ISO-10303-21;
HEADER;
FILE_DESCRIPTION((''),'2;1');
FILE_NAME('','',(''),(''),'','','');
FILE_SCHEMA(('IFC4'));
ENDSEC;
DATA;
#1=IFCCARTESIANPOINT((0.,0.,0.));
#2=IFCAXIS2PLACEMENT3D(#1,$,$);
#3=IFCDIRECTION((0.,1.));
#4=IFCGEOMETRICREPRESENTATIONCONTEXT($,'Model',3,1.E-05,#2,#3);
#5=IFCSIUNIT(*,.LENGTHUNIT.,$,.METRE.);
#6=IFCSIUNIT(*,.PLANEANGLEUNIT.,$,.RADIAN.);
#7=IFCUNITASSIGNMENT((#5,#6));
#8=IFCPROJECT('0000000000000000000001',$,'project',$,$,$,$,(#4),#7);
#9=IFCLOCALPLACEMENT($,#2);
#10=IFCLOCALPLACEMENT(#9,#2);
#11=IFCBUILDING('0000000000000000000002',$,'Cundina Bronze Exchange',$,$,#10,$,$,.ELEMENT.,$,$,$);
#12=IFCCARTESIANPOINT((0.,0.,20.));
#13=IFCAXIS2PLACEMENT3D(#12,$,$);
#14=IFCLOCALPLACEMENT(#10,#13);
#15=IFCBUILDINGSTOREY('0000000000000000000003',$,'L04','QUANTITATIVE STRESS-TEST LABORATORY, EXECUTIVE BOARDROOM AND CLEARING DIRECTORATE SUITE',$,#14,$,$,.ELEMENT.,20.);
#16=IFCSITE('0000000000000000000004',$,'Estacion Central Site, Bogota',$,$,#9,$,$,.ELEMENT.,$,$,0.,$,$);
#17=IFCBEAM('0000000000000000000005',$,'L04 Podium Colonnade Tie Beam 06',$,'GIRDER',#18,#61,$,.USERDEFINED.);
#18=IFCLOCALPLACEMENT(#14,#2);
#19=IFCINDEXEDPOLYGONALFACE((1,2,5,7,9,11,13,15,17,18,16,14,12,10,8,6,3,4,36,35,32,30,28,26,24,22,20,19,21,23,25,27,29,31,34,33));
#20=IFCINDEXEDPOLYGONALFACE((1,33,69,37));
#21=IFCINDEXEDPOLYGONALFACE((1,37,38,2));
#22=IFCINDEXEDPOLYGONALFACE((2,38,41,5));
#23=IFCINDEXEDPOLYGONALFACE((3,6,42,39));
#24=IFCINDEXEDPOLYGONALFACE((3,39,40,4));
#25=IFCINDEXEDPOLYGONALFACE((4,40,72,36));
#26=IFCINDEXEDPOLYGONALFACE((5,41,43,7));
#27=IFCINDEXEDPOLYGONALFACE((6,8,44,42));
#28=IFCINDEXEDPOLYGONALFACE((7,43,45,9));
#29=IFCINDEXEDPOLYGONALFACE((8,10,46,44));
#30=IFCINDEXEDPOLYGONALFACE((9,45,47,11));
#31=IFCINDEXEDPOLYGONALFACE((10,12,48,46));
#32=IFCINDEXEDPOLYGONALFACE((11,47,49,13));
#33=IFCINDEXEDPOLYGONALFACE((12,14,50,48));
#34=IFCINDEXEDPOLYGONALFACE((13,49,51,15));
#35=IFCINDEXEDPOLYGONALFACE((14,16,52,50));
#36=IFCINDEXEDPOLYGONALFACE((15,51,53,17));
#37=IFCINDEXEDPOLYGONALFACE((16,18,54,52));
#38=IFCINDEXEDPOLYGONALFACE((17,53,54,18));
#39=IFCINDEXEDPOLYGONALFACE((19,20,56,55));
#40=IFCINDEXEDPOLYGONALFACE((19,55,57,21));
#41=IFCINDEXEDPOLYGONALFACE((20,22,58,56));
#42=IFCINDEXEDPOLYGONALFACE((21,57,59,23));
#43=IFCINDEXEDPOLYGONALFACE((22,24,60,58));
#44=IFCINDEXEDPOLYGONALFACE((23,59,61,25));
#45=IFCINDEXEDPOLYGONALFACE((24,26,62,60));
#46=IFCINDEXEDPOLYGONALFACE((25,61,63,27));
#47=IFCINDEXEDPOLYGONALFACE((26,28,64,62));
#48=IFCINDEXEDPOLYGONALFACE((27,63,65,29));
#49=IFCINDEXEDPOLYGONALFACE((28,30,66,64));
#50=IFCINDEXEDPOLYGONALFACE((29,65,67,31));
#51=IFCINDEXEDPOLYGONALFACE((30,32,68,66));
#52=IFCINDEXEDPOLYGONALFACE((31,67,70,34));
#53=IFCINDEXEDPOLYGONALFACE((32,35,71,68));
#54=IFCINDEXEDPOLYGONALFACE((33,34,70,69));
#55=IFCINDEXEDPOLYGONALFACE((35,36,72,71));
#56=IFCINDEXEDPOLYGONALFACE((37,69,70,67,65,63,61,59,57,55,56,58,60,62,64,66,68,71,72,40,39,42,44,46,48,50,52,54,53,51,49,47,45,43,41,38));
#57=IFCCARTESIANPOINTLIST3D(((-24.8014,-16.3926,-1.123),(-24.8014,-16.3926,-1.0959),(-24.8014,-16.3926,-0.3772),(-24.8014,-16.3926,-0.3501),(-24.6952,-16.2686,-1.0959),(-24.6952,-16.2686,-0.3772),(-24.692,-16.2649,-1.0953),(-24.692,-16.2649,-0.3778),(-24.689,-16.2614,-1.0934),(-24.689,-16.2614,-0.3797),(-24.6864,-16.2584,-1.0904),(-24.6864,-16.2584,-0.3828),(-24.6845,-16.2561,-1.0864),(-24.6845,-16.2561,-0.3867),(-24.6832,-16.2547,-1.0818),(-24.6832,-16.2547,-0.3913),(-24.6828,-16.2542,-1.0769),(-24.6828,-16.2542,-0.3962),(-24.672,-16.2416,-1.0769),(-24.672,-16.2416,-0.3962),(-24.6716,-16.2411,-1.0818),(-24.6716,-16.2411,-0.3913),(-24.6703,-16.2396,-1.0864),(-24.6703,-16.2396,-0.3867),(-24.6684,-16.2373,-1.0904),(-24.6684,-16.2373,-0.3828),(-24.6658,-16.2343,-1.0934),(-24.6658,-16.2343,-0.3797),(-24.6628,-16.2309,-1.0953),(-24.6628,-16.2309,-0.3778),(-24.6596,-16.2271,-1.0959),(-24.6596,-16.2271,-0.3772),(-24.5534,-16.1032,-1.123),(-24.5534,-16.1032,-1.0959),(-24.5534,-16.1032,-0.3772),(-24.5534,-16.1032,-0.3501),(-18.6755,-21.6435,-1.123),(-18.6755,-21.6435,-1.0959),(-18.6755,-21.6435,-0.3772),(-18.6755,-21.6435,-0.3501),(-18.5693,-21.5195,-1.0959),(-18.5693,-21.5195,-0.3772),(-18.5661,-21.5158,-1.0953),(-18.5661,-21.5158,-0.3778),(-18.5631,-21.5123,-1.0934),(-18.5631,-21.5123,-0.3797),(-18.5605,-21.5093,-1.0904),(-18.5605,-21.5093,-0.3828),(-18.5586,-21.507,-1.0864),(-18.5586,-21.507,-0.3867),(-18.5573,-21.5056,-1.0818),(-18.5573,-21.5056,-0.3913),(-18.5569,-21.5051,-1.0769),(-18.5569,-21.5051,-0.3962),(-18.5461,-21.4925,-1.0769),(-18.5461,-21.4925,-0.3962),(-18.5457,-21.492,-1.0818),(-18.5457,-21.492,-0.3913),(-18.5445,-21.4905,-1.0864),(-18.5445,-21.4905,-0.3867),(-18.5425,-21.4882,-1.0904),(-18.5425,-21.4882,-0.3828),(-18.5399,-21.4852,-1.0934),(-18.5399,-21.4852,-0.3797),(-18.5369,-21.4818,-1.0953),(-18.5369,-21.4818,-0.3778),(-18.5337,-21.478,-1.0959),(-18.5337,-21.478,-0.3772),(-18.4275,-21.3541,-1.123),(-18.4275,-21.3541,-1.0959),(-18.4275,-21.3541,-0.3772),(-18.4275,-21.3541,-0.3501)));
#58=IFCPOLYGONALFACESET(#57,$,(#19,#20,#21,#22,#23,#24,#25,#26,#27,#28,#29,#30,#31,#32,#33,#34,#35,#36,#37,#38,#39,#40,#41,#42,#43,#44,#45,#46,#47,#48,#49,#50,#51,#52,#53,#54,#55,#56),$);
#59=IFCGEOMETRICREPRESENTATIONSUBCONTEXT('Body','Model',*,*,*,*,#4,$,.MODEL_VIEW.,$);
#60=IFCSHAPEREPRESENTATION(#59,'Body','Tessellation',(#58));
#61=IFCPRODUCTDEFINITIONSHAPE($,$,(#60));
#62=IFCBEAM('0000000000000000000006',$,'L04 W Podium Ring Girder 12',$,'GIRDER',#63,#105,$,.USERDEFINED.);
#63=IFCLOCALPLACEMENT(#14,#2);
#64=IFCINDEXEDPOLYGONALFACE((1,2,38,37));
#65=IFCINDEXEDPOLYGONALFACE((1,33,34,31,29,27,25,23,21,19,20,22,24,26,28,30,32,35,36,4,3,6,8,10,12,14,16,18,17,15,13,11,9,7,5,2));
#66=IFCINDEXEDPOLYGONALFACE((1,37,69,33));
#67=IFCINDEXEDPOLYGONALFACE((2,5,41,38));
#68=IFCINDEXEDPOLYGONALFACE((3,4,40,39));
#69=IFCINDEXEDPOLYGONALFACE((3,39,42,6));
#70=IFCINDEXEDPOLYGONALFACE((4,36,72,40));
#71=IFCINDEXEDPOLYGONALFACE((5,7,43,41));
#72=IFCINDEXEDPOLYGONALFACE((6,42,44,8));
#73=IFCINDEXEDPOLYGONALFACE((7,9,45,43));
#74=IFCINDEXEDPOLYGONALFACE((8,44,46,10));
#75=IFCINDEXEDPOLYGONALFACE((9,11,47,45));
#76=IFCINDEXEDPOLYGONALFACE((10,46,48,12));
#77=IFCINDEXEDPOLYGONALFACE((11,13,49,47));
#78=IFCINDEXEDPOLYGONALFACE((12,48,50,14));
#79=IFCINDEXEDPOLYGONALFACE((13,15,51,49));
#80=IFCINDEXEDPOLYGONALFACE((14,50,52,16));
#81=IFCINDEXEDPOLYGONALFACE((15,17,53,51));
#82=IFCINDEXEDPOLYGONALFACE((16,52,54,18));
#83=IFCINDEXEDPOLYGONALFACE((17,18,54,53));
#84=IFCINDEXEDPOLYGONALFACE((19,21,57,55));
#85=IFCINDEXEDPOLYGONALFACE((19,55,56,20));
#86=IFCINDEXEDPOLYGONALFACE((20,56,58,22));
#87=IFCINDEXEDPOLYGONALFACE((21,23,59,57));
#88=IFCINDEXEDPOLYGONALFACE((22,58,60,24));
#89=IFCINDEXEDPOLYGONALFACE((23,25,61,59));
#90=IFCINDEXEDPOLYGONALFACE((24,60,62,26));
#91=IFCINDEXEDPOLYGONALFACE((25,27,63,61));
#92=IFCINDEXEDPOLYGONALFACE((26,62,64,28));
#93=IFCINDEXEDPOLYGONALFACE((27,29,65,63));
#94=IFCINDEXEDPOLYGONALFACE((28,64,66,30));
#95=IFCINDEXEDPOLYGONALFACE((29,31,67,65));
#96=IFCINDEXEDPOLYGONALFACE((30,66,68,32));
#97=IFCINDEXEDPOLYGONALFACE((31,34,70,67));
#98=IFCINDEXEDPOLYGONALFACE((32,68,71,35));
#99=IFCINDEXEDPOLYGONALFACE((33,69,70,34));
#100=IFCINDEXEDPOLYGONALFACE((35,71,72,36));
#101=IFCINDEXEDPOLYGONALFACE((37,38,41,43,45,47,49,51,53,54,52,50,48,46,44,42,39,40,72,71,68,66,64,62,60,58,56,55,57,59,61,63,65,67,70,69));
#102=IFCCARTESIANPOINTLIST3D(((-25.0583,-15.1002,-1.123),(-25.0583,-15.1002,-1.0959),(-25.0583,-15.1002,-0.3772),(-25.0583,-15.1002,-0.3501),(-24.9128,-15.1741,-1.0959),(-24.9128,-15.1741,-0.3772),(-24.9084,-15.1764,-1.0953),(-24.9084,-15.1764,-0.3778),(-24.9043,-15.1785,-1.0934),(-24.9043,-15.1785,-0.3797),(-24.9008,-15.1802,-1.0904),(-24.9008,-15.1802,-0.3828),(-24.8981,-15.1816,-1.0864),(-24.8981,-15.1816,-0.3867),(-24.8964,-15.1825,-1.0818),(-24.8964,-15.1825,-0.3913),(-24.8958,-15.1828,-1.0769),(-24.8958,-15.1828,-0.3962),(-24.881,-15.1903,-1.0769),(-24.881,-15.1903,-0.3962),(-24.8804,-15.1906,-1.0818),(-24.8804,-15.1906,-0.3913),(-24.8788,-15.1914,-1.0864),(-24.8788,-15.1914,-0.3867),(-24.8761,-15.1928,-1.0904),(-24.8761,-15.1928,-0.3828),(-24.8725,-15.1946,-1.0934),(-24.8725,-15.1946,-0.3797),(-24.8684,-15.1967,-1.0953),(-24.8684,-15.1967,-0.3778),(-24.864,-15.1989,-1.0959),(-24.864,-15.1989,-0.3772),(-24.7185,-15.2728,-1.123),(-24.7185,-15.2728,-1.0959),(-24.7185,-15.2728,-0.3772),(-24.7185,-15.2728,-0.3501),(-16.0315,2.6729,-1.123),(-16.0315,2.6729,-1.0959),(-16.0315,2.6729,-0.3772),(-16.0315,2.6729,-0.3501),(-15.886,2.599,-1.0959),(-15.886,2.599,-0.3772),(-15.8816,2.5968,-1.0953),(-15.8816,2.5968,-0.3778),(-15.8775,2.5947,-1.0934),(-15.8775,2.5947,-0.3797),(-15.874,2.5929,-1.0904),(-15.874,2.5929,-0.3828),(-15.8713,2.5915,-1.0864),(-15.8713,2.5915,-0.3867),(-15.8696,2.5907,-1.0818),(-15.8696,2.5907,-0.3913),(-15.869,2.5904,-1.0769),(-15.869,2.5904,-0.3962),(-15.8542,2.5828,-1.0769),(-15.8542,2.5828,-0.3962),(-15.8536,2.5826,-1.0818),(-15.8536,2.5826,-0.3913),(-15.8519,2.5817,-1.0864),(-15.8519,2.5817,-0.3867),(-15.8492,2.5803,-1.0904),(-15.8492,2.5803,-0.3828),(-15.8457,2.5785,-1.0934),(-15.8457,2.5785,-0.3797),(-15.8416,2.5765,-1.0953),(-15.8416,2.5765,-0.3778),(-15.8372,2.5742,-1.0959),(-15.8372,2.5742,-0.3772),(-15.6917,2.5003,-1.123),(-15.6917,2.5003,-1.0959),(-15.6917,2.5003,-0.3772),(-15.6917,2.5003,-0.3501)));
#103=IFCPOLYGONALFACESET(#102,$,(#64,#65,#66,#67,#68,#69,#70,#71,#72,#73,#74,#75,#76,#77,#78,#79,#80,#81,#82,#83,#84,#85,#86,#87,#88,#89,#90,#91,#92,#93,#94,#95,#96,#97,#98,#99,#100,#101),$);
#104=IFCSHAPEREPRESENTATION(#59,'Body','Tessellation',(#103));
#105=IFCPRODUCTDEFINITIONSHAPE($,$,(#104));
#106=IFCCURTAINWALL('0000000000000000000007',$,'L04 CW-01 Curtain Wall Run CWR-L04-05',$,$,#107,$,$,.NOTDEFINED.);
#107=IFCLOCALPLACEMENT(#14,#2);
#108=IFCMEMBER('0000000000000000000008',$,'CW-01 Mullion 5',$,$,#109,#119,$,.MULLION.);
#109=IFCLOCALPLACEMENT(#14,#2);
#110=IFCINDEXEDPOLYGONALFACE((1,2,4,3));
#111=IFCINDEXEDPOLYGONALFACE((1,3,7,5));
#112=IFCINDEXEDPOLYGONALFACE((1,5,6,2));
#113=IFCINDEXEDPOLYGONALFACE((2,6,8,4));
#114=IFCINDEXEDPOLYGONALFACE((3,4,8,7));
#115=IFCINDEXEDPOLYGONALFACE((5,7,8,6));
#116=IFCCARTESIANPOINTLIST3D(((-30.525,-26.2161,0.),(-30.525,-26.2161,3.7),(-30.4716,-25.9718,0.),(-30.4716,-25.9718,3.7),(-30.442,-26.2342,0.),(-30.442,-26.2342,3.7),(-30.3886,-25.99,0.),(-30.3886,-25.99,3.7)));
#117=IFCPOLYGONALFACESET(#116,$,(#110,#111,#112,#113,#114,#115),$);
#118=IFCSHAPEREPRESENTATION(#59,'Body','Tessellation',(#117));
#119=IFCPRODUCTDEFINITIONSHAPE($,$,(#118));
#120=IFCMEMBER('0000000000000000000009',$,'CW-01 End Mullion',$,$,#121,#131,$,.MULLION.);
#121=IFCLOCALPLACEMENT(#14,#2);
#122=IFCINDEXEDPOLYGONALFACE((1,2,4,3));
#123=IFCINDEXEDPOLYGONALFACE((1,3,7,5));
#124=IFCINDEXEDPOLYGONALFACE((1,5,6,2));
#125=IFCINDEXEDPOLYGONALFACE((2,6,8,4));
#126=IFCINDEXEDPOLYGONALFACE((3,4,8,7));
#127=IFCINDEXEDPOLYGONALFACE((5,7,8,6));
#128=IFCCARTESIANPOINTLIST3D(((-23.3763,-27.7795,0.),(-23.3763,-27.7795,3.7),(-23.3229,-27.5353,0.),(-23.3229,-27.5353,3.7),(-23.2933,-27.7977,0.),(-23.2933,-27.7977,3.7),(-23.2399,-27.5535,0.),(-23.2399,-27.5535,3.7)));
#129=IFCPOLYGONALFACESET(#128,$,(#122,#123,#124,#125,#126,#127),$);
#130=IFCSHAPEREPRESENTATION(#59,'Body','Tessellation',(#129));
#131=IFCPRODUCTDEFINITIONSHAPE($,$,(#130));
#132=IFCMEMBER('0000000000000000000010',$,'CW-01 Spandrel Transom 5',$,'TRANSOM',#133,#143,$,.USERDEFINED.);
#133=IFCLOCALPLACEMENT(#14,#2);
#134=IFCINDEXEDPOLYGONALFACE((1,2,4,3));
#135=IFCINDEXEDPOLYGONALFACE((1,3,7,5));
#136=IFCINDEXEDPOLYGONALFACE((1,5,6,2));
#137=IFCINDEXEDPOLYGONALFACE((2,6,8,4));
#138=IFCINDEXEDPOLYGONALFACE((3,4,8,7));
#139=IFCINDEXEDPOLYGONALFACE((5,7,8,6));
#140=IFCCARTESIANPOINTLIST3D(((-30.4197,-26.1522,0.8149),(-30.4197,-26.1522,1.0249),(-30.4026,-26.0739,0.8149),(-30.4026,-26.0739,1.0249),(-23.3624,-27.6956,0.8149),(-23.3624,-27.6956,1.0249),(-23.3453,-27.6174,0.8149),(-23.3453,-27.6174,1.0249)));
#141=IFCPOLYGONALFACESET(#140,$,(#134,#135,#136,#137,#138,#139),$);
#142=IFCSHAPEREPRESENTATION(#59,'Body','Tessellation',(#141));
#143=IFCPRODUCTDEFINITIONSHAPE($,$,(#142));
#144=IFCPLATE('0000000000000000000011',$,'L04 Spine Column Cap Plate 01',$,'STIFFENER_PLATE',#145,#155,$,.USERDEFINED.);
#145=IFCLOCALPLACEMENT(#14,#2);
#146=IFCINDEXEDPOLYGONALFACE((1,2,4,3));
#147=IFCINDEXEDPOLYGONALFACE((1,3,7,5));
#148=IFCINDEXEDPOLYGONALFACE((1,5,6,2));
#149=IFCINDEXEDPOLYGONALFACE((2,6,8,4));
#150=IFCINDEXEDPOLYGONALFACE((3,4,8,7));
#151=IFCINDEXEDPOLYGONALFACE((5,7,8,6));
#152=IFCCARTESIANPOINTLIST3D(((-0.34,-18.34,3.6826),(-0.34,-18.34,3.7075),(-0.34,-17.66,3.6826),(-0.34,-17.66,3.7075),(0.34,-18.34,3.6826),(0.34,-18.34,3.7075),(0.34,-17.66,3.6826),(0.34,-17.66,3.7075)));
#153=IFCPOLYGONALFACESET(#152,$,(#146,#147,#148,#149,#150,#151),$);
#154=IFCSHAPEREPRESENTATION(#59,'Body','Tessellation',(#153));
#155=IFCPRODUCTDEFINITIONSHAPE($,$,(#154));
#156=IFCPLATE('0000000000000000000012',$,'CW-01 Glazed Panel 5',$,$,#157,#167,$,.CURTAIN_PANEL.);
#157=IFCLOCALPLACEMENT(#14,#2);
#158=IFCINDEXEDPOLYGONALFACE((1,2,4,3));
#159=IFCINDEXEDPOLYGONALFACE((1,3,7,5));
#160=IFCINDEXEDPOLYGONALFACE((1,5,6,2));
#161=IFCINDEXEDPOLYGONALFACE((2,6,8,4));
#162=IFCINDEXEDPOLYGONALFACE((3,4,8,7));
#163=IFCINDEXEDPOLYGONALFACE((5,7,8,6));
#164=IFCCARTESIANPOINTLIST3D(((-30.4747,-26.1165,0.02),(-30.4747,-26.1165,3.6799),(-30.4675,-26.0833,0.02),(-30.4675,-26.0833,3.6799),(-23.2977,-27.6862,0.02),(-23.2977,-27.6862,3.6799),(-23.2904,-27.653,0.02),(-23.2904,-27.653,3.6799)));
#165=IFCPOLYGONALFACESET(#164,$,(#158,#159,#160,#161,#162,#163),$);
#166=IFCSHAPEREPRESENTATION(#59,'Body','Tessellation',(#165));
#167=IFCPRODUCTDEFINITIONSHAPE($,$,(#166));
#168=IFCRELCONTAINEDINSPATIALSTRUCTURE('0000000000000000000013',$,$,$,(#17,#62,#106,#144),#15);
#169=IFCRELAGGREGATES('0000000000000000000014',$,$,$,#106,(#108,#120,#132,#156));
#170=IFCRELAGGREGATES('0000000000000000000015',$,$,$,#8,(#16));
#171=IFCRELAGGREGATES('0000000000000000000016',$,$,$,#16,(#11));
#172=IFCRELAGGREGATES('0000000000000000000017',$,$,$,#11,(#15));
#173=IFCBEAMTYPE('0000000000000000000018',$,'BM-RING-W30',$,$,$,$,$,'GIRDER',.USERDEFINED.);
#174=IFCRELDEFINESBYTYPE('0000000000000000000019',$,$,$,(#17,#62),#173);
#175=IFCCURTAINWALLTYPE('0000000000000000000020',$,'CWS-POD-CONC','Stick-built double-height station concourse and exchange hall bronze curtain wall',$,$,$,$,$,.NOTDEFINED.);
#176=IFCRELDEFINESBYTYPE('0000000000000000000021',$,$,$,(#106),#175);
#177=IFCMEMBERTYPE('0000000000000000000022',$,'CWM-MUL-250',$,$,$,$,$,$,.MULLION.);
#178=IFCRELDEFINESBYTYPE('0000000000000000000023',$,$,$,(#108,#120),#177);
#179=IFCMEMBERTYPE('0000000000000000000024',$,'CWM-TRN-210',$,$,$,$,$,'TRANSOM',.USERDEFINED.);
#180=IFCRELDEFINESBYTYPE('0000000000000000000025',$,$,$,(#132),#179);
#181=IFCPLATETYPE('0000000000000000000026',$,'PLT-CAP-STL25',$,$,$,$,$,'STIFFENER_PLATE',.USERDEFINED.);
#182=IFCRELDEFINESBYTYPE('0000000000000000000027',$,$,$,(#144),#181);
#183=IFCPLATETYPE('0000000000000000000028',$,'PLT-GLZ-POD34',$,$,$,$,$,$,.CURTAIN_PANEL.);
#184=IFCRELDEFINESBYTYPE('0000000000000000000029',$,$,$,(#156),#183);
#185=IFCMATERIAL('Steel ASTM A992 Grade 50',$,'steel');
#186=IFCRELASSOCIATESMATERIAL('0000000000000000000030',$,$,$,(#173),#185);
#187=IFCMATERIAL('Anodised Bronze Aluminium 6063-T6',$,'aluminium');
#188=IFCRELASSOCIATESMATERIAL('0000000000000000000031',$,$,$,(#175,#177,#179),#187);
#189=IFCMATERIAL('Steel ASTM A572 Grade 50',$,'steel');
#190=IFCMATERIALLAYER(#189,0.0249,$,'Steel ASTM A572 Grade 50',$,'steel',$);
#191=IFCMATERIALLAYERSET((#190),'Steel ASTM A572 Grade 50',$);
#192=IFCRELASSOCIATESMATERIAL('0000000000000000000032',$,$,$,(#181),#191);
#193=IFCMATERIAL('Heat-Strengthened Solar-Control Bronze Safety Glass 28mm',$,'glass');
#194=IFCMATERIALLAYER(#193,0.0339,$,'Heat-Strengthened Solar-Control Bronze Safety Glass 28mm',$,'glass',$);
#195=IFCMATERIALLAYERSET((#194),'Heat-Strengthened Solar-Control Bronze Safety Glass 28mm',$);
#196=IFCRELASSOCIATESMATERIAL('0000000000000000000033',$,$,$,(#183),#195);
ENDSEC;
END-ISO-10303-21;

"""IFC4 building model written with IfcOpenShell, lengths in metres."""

from ifc_helpers import new_model, si_unit, direction, frame, origin, origin_2d, place, context, subcontext, project, spatial, rectangle, i_section, extrude, material, layer, layer_set, material_profile, profile_set, type_object, element, aggregate, save


model = new_model("IFC4")

# Units and contexts
model_context = context("Model", 3, precision=1e-05, world=origin(), true_north=direction((0.0, 1.0)))
body_context = subcontext(model_context, "Body", "Model", "MODEL_VIEW")
ifc_project = project(units=[si_unit("LENGTHUNIT", "METRE"), si_unit("PLANEANGLEUNIT", "RADIAN")], contexts=[model_context])

# Site, building, storey
site_placement = place(None, origin())
site = spatial("IfcSite", under=ifc_project, at=site_placement, Name="Estacion Central Site, Bogota", CompositionType="ELEMENT", RefElevation=0.0)
building_placement = place(site_placement, origin())
building = spatial("IfcBuilding", under=site, at=building_placement, Name="Cundina Bronze Exchange", CompositionType="ELEMENT")
storey_placement = place(building_placement, frame((0.0, 0.0, 20.0)))
storey = spatial("IfcBuildingStorey", under=building, at=storey_placement, Name="L04", Description="QUANTITATIVE STRESS-TEST LABORATORY, EXECUTIVE BOARDROOM AND CLEARING DIRECTORATE SUITE", CompositionType="ELEMENT", Elevation=20.0)

# Beams
ifc_material_1 = material(Name="Steel ASTM A992 Grade 50", Category="steel")
ifc_material_profile_1 = material_profile(ifc_material_1, i_section(OverallWidth=0.3811, OverallDepth=0.7729, WebThickness=0.0166, FlangeThickness=0.0271, FilletRadius=0.019, at=origin_2d()), Name="W30X173", Category="steel")
ifc_profile_set_1 = profile_set([ifc_material_profile_1], Name="Steel ASTM A992 Grade 50")
beam_type_1 = type_object("IfcBeamType", Name="BM-RING-W30", ElementType="GIRDER", PredefinedType="USERDEFINED", material=ifc_profile_set_1)
beam_1_placement = place(storey_placement, frame((-18.5515, -21.4988, -0.7366), z_axis=(-0.759248, 0.650801, 0.0), x_axis=(-0.650801, -0.759248, 0.0)))
element("IfcBeam", 1, at=beam_1_placement, inside=storey, type_object=beam_type_1, Name="L04 Podium Colonnade Tie Beam 06", ObjectType="GIRDER", PredefinedType="USERDEFINED", context=body_context, shape_type="SweptSolid", body=[
    extrude(i_section(OverallWidth=0.3811, OverallDepth=0.7729, WebThickness=0.0166, FlangeThickness=0.0271, FilletRadius=0.019, at=origin_2d()), origin(), (0.0, 0.0, 1.0), 8.0684),
])
beam_2_placement = place(storey_placement, frame((-24.8884, -15.1865, -0.7366), z_axis=(0.452834, 0.891595, 0.0), x_axis=(-0.891595, 0.452834, 0.0)))
element("IfcBeam", 2, at=beam_2_placement, inside=storey, type_object=beam_type_1, Name="L04 W Podium Ring Girder 12", ObjectType="GIRDER", PredefinedType="USERDEFINED", context=body_context, shape_type="SweptSolid", body=[
    extrude(i_section(OverallWidth=0.3811, OverallDepth=0.7729, WebThickness=0.0166, FlangeThickness=0.0271, FilletRadius=0.019, at=origin_2d()), origin(), (0.0, 0.0, 1.0), 19.9341),
])

# Curtain wall, members
ifc_material_2 = material(Name="Anodised Bronze Aluminium 6063-T6", Category="aluminium")
curtain_wall_type = type_object("IfcCurtainWallType", Name="CWS-POD-CONC", Description="Stick-built double-height station concourse and exchange hall bronze curtain wall", PredefinedType="NOTDEFINED", material=ifc_material_2)
curtain_wall_placement = place(storey_placement, origin())
curtain_wall = element("IfcCurtainWall", 3, at=curtain_wall_placement, inside=storey, type_object=curtain_wall_type, Name="L04 CW-01 Curtain Wall Run CWR-L04-05", PredefinedType="NOTDEFINED")
ifc_material_profile_2 = material_profile(ifc_material_2, rectangle(XDim=0.085, YDim=0.25, at=origin_2d()), Name="AL85X250", Category="aluminium")
ifc_profile_set_2 = profile_set([ifc_material_profile_2], Name="Anodised Bronze Aluminium 6063-T6")
member_type_1 = type_object("IfcMemberType", Name="CWM-MUL-250", PredefinedType="MULLION", material=ifc_profile_set_2)
member_1_placement = place(storey_placement, frame((-30.4568, -26.103, 0.0), z_axis=(0.0, 0.0, 1.0), x_axis=(0.976897, -0.213712, 0.0)))
member_1 = element("IfcMember", 4, at=member_1_placement, type_object=member_type_1, Name="CW-01 Mullion 5", PredefinedType="MULLION", context=body_context, shape_type="SweptSolid", body=[
    extrude(rectangle(XDim=0.085, YDim=0.25, at=origin_2d()), origin(), (0.0, 0.0, 1.0), 3.7),
])
member_2_placement = place(storey_placement, frame((-23.3081, -27.6665, 0.0), z_axis=(0.0, 0.0, 1.0), x_axis=(0.976897, -0.213712, 0.0)))
member_2 = element("IfcMember", 5, at=member_2_placement, type_object=member_type_1, Name="CW-01 End Mullion", PredefinedType="MULLION", context=body_context, shape_type="SweptSolid", body=[
    extrude(rectangle(XDim=0.085, YDim=0.25, at=origin_2d()), origin(), (0.0, 0.0, 1.0), 3.7),
])
ifc_material_profile_3 = material_profile(ifc_material_2, rectangle(XDim=0.0801, YDim=0.21, at=origin_2d()), Name="AL80X210", Category="aluminium")
ifc_profile_set_3 = profile_set([ifc_material_profile_3], Name="Anodised Bronze Aluminium 6063-T6")
member_type_2 = type_object("IfcMemberType", Name="CWM-TRN-210", ElementType="TRANSOM", PredefinedType="USERDEFINED", material=ifc_profile_set_3)
member_3_placement = place(storey_placement, frame((-30.4111, -26.113, 0.9199), z_axis=(0.97691, -0.213652, 0.0), x_axis=(0.213652, 0.97691, 0.0)))
member_3 = element("IfcMember", 6, at=member_3_placement, type_object=member_type_2, Name="CW-01 Spandrel Transom 5", ObjectType="TRANSOM", PredefinedType="USERDEFINED", context=body_context, shape_type="SweptSolid", body=[
    extrude(rectangle(XDim=0.0801, YDim=0.21, at=origin_2d()), origin(), (0.0, 0.0, 1.0), 7.2241),
])

# Plates
ifc_material_3 = material(Name="Steel ASTM A572 Grade 50", Category="steel")
ifc_layer_1 = layer(ifc_material_3, 0.0249, Name="Steel ASTM A572 Grade 50", Category="steel")
ifc_layer_set_1 = layer_set([ifc_layer_1], Name="Steel ASTM A572 Grade 50")
plate_type_1 = type_object("IfcPlateType", Name="PLT-CAP-STL25", ElementType="STIFFENER_PLATE", PredefinedType="USERDEFINED", material=ifc_layer_set_1)
plate_1_placement = place(storey_placement, frame((0.0, -18.0, 3.6826), z_axis=(0.0, 0.0, 1.0), x_axis=(1.0, 0.0, 0.0)))
element("IfcPlate", 7, at=plate_1_placement, inside=storey, type_object=plate_type_1, Name="L04 Spine Column Cap Plate 01", ObjectType="STIFFENER_PLATE", PredefinedType="USERDEFINED", context=body_context, shape_type="SweptSolid", body=[
    extrude(rectangle(XDim=0.6799, YDim=0.6799, at=origin_2d()), origin(), (0.0, 0.0, 1.0), 0.0249),
])
ifc_material_4 = material(Name="Heat-Strengthened Solar-Control Bronze Safety Glass 28mm", Category="glass")
ifc_layer_2 = layer(ifc_material_4, 0.0339, Name="Heat-Strengthened Solar-Control Bronze Safety Glass 28mm", Category="glass")
ifc_layer_set_2 = layer_set([ifc_layer_2], Name="Heat-Strengthened Solar-Control Bronze Safety Glass 28mm")
plate_type_2 = type_object("IfcPlateType", Name="PLT-GLZ-POD34", PredefinedType="CURTAIN_PANEL", material=ifc_layer_set_2)
plate_2_placement = place(storey_placement, frame((-26.8826, -26.8848, 0.02), z_axis=(0.0, 0.0, 1.0), x_axis=(0.976908, -0.213661, 0.0)))
plate_2 = element("IfcPlate", 8, at=plate_2_placement, type_object=plate_type_2, Name="CW-01 Glazed Panel 5", PredefinedType="CURTAIN_PANEL", context=body_context, shape_type="SweptSolid", body=[
    extrude(rectangle(XDim=7.3467, YDim=0.0339, at=origin_2d()), origin(), (0.0, 0.0, 1.0), 3.6599),
])
aggregate(curtain_wall, [member_1, member_2, member_3, plate_2])

save(model, "model.ifc")
